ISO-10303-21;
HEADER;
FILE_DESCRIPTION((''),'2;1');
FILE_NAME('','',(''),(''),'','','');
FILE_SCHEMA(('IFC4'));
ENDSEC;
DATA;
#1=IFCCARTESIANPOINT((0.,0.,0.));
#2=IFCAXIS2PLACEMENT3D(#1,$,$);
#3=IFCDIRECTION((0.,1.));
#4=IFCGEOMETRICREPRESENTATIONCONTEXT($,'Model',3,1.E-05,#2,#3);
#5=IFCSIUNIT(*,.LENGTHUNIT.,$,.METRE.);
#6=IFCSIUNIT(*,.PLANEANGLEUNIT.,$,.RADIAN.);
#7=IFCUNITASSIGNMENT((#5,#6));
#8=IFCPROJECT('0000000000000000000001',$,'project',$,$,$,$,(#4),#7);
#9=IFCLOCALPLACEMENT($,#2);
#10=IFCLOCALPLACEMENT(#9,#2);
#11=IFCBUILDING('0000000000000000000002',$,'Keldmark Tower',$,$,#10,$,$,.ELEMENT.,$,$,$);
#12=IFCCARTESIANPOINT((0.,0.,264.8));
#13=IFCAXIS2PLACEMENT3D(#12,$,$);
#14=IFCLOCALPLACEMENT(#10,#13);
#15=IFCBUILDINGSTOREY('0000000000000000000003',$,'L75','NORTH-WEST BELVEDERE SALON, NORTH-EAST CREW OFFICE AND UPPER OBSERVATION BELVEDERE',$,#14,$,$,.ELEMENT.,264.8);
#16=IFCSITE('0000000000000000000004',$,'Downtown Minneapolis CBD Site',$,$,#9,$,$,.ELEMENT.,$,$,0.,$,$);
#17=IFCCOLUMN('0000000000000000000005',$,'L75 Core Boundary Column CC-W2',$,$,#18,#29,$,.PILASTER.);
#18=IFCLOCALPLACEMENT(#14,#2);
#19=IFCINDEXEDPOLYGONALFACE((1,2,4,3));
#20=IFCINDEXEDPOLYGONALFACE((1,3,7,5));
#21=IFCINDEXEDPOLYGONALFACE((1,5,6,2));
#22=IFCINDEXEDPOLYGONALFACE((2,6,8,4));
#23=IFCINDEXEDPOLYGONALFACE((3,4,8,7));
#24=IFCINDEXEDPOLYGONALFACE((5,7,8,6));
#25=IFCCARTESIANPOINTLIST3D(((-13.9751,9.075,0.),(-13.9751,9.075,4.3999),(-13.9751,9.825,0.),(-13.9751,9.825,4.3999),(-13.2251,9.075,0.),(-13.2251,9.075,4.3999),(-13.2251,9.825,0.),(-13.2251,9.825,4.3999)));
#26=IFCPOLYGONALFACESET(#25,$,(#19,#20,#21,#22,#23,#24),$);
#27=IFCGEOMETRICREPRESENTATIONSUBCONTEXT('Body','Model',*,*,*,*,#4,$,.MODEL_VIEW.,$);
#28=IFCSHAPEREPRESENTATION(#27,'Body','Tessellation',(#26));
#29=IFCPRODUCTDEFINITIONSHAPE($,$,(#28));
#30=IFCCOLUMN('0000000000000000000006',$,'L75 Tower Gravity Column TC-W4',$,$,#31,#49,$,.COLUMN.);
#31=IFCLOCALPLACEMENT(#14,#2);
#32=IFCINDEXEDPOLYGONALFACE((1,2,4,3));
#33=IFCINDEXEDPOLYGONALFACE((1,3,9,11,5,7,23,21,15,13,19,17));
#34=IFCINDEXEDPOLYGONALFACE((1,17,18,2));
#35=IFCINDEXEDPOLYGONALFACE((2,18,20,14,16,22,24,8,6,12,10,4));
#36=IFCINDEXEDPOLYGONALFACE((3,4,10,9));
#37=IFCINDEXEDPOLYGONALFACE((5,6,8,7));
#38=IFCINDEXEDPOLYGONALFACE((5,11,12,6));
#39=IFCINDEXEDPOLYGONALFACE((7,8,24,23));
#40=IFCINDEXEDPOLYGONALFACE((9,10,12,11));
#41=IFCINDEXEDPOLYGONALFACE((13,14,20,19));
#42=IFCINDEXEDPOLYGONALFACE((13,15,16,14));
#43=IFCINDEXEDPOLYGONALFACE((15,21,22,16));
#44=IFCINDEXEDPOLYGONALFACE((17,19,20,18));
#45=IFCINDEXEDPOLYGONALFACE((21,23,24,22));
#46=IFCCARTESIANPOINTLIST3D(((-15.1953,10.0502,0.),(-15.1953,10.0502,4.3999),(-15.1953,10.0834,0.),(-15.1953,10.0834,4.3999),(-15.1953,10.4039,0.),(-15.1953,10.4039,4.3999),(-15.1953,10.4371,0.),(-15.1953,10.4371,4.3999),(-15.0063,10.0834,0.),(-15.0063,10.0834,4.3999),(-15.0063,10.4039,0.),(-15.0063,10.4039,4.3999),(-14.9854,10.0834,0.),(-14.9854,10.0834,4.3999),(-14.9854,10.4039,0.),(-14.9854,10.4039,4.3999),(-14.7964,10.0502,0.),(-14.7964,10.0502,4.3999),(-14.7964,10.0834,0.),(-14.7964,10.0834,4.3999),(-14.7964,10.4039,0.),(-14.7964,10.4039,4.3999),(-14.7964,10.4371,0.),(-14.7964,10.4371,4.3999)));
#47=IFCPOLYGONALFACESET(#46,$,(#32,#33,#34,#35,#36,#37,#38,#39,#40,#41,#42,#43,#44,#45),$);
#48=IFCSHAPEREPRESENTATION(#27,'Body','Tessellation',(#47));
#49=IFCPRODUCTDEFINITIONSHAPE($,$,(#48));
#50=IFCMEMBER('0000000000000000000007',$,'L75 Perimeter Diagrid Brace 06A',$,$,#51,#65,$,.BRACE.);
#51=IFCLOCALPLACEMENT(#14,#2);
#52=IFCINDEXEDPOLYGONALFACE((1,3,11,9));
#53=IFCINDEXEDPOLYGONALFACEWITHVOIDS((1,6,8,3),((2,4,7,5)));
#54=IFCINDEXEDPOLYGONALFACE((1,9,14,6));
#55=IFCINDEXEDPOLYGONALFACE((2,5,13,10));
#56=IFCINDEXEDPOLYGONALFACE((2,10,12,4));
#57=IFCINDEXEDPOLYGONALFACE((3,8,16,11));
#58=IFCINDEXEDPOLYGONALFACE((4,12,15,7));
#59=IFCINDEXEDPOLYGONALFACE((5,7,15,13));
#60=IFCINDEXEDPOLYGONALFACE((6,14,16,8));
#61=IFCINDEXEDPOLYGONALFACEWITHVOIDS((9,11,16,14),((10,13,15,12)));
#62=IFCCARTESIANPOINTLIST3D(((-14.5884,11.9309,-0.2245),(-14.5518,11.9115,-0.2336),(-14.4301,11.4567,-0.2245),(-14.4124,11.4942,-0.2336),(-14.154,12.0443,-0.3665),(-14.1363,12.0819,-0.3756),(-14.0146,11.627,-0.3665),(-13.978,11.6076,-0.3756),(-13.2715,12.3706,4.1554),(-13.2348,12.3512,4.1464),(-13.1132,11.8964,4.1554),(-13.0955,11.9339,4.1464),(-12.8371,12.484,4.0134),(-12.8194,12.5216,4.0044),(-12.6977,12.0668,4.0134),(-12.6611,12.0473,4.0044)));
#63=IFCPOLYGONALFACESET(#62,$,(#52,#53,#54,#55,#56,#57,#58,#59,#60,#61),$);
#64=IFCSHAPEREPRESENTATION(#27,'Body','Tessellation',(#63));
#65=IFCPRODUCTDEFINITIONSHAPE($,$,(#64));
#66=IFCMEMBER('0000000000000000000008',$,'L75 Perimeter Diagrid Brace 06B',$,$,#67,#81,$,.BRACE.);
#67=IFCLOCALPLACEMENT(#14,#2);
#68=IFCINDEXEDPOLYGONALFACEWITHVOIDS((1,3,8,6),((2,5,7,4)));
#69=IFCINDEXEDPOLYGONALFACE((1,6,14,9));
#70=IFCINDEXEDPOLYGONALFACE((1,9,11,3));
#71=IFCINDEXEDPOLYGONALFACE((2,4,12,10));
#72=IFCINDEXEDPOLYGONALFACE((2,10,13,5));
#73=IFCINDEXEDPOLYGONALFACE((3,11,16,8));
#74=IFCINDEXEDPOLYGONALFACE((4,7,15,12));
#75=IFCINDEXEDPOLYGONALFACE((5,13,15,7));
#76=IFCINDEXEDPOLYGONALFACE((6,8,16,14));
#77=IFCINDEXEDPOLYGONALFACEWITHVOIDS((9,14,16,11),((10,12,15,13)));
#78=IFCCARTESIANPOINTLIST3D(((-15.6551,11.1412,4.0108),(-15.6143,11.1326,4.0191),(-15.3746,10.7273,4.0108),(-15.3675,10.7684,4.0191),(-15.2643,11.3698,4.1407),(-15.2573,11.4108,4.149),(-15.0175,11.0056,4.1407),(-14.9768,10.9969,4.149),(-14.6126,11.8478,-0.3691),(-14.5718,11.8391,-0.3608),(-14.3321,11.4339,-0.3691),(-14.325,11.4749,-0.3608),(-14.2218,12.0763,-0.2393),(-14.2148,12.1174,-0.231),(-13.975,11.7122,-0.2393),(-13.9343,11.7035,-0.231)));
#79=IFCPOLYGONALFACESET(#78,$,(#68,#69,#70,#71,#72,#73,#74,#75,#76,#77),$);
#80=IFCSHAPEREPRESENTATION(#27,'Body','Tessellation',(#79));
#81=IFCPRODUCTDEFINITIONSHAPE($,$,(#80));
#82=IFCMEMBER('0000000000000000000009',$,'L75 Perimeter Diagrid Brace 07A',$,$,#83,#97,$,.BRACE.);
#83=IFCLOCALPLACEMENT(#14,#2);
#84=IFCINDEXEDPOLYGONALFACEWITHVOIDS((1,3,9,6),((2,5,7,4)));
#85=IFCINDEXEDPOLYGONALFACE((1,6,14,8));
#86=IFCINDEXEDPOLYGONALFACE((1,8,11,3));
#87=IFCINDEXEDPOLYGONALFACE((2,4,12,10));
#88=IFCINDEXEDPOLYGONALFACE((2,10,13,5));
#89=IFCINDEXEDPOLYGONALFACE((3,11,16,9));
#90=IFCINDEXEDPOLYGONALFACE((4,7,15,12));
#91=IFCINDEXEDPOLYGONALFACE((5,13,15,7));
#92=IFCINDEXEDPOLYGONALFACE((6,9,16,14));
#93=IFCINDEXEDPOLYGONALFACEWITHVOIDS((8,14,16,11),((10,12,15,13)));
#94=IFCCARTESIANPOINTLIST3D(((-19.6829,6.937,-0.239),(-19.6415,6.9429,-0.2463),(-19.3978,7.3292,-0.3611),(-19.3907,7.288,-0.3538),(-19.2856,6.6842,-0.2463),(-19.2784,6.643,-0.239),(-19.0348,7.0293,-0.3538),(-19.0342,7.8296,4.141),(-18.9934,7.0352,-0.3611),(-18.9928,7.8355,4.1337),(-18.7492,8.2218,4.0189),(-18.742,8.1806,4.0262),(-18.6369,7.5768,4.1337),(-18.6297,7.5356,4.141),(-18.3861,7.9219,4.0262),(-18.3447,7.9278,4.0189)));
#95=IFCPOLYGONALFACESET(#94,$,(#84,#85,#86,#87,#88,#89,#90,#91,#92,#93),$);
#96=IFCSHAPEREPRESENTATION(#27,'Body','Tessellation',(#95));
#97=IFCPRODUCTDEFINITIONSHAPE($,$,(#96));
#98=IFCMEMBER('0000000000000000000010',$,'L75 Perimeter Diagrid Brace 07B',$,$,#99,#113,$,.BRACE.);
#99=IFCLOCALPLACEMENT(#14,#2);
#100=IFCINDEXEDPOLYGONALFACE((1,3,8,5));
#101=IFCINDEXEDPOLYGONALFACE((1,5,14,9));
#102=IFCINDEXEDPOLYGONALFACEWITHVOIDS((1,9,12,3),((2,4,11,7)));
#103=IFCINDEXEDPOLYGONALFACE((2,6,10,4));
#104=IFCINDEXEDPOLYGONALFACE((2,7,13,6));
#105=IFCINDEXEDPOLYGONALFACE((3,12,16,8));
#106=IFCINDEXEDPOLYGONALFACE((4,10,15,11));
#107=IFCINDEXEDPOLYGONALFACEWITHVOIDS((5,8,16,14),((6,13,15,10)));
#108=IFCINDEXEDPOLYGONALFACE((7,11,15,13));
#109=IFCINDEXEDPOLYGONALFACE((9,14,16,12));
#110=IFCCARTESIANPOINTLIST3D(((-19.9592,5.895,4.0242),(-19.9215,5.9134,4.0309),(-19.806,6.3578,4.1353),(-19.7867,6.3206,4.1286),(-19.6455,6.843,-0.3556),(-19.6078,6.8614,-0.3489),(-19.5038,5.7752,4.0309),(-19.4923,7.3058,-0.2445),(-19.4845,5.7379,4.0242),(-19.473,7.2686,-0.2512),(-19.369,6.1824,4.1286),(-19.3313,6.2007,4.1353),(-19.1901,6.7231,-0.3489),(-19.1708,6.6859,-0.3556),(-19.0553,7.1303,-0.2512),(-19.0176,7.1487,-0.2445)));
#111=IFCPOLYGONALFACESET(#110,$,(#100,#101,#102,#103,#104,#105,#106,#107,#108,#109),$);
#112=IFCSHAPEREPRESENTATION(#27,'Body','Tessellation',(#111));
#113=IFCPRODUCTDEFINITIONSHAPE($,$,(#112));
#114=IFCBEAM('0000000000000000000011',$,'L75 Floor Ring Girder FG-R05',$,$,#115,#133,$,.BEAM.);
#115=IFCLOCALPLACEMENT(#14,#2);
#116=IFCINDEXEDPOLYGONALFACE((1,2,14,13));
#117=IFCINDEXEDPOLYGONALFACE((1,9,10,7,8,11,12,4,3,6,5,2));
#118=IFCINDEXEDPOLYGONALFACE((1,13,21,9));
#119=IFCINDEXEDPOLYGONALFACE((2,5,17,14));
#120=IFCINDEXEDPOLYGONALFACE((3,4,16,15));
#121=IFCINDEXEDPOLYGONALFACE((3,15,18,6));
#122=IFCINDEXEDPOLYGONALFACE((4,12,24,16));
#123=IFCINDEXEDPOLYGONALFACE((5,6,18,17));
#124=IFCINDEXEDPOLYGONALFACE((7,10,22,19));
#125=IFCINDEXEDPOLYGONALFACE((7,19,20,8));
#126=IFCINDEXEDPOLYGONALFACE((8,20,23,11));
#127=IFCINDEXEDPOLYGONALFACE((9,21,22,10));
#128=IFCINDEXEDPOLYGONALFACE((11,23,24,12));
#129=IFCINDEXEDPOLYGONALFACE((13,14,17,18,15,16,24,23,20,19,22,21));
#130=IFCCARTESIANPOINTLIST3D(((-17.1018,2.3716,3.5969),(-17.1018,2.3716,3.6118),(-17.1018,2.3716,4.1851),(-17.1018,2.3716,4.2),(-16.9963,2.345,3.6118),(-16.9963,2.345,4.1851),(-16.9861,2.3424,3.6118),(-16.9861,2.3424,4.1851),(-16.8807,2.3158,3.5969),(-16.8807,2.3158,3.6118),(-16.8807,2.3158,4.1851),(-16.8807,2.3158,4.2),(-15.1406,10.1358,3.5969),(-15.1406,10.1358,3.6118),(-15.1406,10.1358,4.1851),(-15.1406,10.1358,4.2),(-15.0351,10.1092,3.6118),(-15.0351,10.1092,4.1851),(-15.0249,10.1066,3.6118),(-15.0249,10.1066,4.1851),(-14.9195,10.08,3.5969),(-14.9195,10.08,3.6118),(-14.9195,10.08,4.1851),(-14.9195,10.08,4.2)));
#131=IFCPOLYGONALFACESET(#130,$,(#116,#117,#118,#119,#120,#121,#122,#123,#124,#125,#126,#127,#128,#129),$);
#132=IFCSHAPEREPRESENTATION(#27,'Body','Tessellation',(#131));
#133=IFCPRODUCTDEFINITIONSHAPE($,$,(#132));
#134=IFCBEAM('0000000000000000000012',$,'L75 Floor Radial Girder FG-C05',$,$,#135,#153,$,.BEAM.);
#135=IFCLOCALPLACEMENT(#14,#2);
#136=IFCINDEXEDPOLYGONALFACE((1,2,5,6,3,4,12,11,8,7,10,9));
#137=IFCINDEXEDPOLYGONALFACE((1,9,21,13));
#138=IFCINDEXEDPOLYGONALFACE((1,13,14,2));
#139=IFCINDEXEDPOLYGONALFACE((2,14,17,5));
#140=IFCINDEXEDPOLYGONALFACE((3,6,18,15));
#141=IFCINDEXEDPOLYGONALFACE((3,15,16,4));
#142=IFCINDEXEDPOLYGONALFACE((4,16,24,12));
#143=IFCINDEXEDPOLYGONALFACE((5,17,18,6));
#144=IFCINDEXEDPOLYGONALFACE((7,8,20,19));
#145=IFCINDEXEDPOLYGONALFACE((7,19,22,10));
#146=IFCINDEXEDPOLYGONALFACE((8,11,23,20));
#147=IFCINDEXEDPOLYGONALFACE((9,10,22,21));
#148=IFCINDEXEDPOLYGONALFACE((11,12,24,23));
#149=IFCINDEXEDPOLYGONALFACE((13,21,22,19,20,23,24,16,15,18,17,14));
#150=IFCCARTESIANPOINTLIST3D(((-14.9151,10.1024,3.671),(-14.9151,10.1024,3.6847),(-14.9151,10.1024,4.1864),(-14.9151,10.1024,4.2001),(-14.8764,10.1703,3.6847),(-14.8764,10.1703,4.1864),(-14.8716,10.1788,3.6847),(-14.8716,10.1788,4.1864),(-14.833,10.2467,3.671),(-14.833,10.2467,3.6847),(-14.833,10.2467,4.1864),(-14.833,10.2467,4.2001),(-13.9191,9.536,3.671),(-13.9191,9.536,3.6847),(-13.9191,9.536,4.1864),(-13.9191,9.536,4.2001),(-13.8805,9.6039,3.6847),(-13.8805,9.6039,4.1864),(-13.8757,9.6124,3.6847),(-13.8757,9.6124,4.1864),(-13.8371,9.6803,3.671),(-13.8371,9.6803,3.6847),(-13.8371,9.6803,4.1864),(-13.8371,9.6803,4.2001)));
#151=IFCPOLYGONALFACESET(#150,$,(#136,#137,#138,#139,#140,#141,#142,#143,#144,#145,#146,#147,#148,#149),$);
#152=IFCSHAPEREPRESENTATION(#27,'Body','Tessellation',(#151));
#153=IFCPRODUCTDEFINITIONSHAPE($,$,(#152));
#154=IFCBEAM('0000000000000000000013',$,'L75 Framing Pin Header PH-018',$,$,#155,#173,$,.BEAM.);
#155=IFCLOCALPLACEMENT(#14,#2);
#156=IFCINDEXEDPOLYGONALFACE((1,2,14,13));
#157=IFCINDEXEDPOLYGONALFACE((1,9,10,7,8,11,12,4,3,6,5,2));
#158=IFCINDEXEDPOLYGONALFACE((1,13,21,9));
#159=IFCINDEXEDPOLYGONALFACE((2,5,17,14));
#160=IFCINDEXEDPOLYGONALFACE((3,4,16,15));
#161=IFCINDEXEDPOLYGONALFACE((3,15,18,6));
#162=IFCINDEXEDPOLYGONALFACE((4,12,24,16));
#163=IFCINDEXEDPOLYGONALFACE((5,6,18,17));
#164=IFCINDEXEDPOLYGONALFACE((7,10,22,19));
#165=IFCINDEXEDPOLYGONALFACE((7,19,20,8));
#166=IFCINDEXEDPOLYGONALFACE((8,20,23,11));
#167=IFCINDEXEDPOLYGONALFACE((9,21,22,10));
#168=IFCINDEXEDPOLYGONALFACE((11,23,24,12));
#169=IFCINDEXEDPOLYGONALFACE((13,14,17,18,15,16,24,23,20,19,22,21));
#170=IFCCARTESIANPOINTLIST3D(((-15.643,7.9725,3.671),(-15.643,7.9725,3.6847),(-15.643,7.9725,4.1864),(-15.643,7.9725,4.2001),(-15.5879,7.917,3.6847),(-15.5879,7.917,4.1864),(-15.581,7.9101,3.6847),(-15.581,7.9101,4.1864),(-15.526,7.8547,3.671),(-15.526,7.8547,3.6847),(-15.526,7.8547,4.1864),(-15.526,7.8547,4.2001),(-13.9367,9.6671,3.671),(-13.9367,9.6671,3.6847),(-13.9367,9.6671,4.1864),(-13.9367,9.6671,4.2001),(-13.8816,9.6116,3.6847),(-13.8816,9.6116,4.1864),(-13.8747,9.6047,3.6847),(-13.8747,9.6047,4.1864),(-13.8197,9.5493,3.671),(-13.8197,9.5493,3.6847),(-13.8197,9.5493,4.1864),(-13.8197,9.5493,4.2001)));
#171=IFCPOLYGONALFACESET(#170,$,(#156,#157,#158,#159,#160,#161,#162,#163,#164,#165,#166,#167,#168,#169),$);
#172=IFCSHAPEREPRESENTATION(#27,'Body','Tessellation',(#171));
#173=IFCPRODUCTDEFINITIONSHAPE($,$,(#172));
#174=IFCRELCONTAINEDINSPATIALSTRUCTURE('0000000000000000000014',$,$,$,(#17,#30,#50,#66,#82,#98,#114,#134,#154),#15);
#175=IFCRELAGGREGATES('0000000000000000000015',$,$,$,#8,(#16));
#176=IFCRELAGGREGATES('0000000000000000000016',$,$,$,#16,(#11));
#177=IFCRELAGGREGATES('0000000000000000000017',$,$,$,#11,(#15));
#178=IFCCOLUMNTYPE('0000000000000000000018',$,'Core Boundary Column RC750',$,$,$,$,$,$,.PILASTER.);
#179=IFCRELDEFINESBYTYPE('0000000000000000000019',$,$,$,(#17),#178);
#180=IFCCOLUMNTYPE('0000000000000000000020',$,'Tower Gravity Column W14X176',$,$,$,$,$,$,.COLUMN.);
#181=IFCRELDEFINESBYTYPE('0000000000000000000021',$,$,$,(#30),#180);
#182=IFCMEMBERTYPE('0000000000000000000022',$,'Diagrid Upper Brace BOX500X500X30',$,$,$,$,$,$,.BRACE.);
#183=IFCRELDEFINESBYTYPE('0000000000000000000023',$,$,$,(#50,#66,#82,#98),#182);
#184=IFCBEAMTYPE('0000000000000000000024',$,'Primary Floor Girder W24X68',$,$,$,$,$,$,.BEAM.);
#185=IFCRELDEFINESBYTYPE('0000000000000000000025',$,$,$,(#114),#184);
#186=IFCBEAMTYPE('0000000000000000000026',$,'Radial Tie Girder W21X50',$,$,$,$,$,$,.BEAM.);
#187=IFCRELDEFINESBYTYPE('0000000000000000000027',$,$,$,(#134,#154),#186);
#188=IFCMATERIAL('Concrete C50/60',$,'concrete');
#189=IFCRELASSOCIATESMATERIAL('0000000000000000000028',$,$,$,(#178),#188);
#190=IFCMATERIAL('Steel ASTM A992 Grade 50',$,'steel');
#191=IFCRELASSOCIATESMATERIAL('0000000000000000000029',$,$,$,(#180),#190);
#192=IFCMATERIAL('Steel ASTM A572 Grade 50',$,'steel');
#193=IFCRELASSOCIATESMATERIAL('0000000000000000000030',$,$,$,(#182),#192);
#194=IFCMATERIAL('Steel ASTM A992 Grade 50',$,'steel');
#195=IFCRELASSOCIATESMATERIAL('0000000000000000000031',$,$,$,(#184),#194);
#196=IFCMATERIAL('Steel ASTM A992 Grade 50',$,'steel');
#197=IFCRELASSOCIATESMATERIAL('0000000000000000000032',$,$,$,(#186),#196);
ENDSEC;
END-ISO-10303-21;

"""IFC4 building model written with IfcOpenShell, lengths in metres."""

from ifc_helpers import new_model, si_unit, direction, frame, origin, origin_2d, place, context, subcontext, project, spatial, rectangle, hollow_rectangle, i_section, extrude, material, material_profile, profile_set, type_object, element, save


model = new_model("IFC4")

# Units and contexts
model_context = context("Model", 3, precision=1e-05, world=origin(), true_north=direction((0.0, 1.0)))
body_context = subcontext(model_context, "Body", "Model", "MODEL_VIEW")
ifc_project = project(units=[si_unit("LENGTHUNIT", "METRE"), si_unit("PLANEANGLEUNIT", "RADIAN")], contexts=[model_context])

# Site, building, storey
site_placement = place(None, origin())
site = spatial("IfcSite", under=ifc_project, at=site_placement, Name="Downtown Minneapolis CBD Site", CompositionType="ELEMENT", RefElevation=0.0)
building_placement = place(site_placement, origin())
building = spatial("IfcBuilding", under=site, at=building_placement, Name="Keldmark Tower", CompositionType="ELEMENT")
storey_placement = place(building_placement, frame((0.0, 0.0, 264.8)))
storey = spatial("IfcBuildingStorey", under=building, at=storey_placement, Name="L75", Description="NORTH-WEST BELVEDERE SALON, NORTH-EAST CREW OFFICE AND UPPER OBSERVATION BELVEDERE", CompositionType="ELEMENT", Elevation=264.8)

# Columns
ifc_material_1 = material(Name="Concrete C50/60", Category="concrete")
ifc_material_profile_1 = material_profile(ifc_material_1, rectangle(XDim=0.75, YDim=0.75, at=origin_2d()), Name="RC750X750")
ifc_profile_set_1 = profile_set([ifc_material_profile_1], Name="Concrete C50/60")
column_type_1 = type_object("IfcColumnType", Name="Core Boundary Column RC750", PredefinedType="PILASTER", material=ifc_profile_set_1)
column_1_placement = place(storey_placement, frame((-13.6001, 9.45, 0.0), z_axis=(0.0, 0.0, 1.0), x_axis=(1.0, 0.0, 0.0)))
element("IfcColumn", 1, at=column_1_placement, inside=storey, type_object=column_type_1, Name="L75 Core Boundary Column CC-W2", PredefinedType="PILASTER", context=body_context, shape_type="SweptSolid", body=[
    extrude(rectangle(XDim=0.75, YDim=0.75, at=origin_2d()), origin(), (0.0, 0.0, 1.0), 4.3999),
])
ifc_material_2 = material(Name="Steel ASTM A992 Grade 50", Category="steel")
ifc_material_profile_2 = material_profile(ifc_material_2, i_section(OverallWidth=0.3989, OverallDepth=0.387, WebThickness=0.021, FlangeThickness=0.0332, at=origin_2d()), Name="W14X176")
ifc_profile_set_2 = profile_set([ifc_material_profile_2], Name="Steel ASTM A992 Grade 50")
column_type_2 = type_object("IfcColumnType", Name="Tower Gravity Column W14X176", PredefinedType="COLUMN", material=ifc_profile_set_2)
column_2_placement = place(storey_placement, frame((-14.9958, 10.2437, 0.0), z_axis=(0.0, 0.0, 1.0), x_axis=(1.0, 0.0, 0.0)))
element("IfcColumn", 2, at=column_2_placement, inside=storey, type_object=column_type_2, Name="L75 Tower Gravity Column TC-W4", PredefinedType="COLUMN", context=body_context, shape_type="SweptSolid", body=[
    extrude(i_section(OverallWidth=0.3989, OverallDepth=0.387, WebThickness=0.021, FlangeThickness=0.0332, at=origin_2d()), origin(), (0.0, 0.0, 1.0), 4.3999),
])

# Members
ifc_material_3 = material(Name="Steel ASTM A572 Grade 50", Category="steel")
ifc_material_profile_3 = material_profile(ifc_material_3, hollow_rectangle(XDim=0.5, YDim=0.5, WallThickness=0.03, at=origin_2d()), Name="BOX500X500X30")
ifc_profile_set_3 = profile_set([ifc_material_profile_3], Name="Steel ASTM A572 Grade 50")
member_type = type_object("IfcMemberType", Name="Diagrid Upper Brace BOX500X500X30", PredefinedType="BRACE", material=ifc_profile_set_3)
member_1_placement = place(storey_placement, frame((-14.2832, 11.7693, -0.3), z_axis=(0.286614, 0.095697, 0.953255), x_axis=(-0.316703, 0.948525, 0.0)))
element("IfcMember", 3, at=member_1_placement, inside=storey, type_object=member_type, Name="L75 Perimeter Diagrid Brace 06A", PredefinedType="BRACE", context=body_context, shape_type="SweptSolid", body=[
    extrude(hollow_rectangle(XDim=0.5, YDim=0.5, WallThickness=0.03, at=origin_2d()), origin(), (0.0, 0.0, 1.0), 4.5947),
])
member_2_placement = place(storey_placement, frame((-14.2734, 11.7756, -0.3), z_axis=(-0.228748, -0.155034, 0.961061), x_axis=(0.561037, -0.827791, 0.0)))
element("IfcMember", 4, at=member_2_placement, inside=storey, type_object=member_type, Name="L75 Perimeter Diagrid Brace 06B", PredefinedType="BRACE", context=body_context, shape_type="SweptSolid", body=[
    extrude(hollow_rectangle(XDim=0.5, YDim=0.5, WallThickness=0.03, at=origin_2d()), origin(), (0.0, 0.0, 1.0), 4.5574),
])
member_3_placement = place(storey_placement, frame((-19.3381, 6.9861, -0.3), z_axis=(0.143618, 0.197616, 0.969702), x_axis=(-0.808937, 0.587895, 0.0)))
element("IfcMember", 5, at=member_3_placement, inside=storey, type_object=member_type, Name="L75 Perimeter Diagrid Brace 07A", PredefinedType="BRACE", context=body_context, shape_type="SweptSolid", body=[
    extrude(hollow_rectangle(XDim=0.5, YDim=0.5, WallThickness=0.03, at=origin_2d()), origin(), (0.0, 0.0, 1.0), 4.5168),
])
member_4_placement = place(storey_placement, frame((-19.3315, 6.9958, -0.3), z_axis=(-0.069836, -0.211029, 0.974982), x_axis=(0.949366, -0.314173, 0.0)))
element("IfcMember", 6, at=member_4_placement, inside=storey, type_object=member_type, Name="L75 Perimeter Diagrid Brace 07B", PredefinedType="BRACE", context=body_context, shape_type="SweptSolid", body=[
    extrude(hollow_rectangle(XDim=0.5, YDim=0.5, WallThickness=0.03, at=origin_2d()), origin(), (0.0, 0.0, 1.0), 4.4922),
])

# Beams
ifc_material_4 = material(Name="Steel ASTM A992 Grade 50", Category="steel")
ifc_material_profile_4 = material_profile(ifc_material_4, i_section(OverallWidth=0.228, OverallDepth=0.603, WebThickness=0.0105, FlangeThickness=0.0149, at=origin_2d()), Name="W24X68")
ifc_profile_set_4 = profile_set([ifc_material_profile_4], Name="Steel ASTM A992 Grade 50")
beam_type_1 = type_object("IfcBeamType", Name="Primary Floor Girder W24X68", PredefinedType="BEAM", material=ifc_profile_set_4)
beam_1_placement = place(storey_placement, frame((-15.03, 10.1079, 3.8984), z_axis=(-0.244902, -0.969548, 0.0), x_axis=(0.969548, -0.244902, 0.0)))
element("IfcBeam", 7, at=beam_1_placement, inside=storey, type_object=beam_type_1, Name="L75 Floor Ring Girder FG-R05", PredefinedType="BEAM", context=body_context, shape_type="SweptSolid", body=[
    extrude(i_section(OverallWidth=0.228, OverallDepth=0.603, WebThickness=0.0105, FlangeThickness=0.0149, at=origin_2d()), origin(), (0.0, 0.0, 1.0), 8.0081),
])
ifc_material_5 = material(Name="Steel ASTM A992 Grade 50", Category="steel")
ifc_material_profile_5 = material_profile(ifc_material_5, i_section(OverallWidth=0.166, OverallDepth=0.5291, WebThickness=0.0098, FlangeThickness=0.0137, at=origin_2d()), Name="W21X50")
ifc_profile_set_5 = profile_set([ifc_material_profile_5], Name="Steel ASTM A992 Grade 50")
beam_type_2 = type_object("IfcBeamType", Name="Radial Tie Girder W21X50", PredefinedType="BEAM", material=ifc_profile_set_5)
beam_2_placement = place(storey_placement, frame((-14.874, 10.1746, 3.9355), z_axis=(0.869238, -0.494394, 0.0), x_axis=(0.494394, 0.869238, 0.0)))
element("IfcBeam", 8, at=beam_2_placement, inside=storey, type_object=beam_type_2, Name="L75 Floor Radial Girder FG-C05", PredefinedType="BEAM", context=body_context, shape_type="SweptSolid", body=[
    extrude(i_section(OverallWidth=0.166, OverallDepth=0.5291, WebThickness=0.0098, FlangeThickness=0.0137, at=origin_2d()), origin(), (0.0, 0.0, 1.0), 1.1458),
])
beam_3_placement = place(storey_placement, frame((-13.8782, 9.6082, 3.9355), z_axis=(-0.709539, -0.704666, 0.0), x_axis=(0.704666, -0.709539, 0.0)))
element("IfcBeam", 9, at=beam_3_placement, inside=storey, type_object=beam_type_2, Name="L75 Framing Pin Header PH-018", PredefinedType="BEAM", context=body_context, shape_type="SweptSolid", body=[
    extrude(i_section(OverallWidth=0.166, OverallDepth=0.5291, WebThickness=0.0098, FlangeThickness=0.0137, at=origin_2d()), origin(), (0.0, 0.0, 1.0), 2.4048),
])

save(model, "model.ifc")
